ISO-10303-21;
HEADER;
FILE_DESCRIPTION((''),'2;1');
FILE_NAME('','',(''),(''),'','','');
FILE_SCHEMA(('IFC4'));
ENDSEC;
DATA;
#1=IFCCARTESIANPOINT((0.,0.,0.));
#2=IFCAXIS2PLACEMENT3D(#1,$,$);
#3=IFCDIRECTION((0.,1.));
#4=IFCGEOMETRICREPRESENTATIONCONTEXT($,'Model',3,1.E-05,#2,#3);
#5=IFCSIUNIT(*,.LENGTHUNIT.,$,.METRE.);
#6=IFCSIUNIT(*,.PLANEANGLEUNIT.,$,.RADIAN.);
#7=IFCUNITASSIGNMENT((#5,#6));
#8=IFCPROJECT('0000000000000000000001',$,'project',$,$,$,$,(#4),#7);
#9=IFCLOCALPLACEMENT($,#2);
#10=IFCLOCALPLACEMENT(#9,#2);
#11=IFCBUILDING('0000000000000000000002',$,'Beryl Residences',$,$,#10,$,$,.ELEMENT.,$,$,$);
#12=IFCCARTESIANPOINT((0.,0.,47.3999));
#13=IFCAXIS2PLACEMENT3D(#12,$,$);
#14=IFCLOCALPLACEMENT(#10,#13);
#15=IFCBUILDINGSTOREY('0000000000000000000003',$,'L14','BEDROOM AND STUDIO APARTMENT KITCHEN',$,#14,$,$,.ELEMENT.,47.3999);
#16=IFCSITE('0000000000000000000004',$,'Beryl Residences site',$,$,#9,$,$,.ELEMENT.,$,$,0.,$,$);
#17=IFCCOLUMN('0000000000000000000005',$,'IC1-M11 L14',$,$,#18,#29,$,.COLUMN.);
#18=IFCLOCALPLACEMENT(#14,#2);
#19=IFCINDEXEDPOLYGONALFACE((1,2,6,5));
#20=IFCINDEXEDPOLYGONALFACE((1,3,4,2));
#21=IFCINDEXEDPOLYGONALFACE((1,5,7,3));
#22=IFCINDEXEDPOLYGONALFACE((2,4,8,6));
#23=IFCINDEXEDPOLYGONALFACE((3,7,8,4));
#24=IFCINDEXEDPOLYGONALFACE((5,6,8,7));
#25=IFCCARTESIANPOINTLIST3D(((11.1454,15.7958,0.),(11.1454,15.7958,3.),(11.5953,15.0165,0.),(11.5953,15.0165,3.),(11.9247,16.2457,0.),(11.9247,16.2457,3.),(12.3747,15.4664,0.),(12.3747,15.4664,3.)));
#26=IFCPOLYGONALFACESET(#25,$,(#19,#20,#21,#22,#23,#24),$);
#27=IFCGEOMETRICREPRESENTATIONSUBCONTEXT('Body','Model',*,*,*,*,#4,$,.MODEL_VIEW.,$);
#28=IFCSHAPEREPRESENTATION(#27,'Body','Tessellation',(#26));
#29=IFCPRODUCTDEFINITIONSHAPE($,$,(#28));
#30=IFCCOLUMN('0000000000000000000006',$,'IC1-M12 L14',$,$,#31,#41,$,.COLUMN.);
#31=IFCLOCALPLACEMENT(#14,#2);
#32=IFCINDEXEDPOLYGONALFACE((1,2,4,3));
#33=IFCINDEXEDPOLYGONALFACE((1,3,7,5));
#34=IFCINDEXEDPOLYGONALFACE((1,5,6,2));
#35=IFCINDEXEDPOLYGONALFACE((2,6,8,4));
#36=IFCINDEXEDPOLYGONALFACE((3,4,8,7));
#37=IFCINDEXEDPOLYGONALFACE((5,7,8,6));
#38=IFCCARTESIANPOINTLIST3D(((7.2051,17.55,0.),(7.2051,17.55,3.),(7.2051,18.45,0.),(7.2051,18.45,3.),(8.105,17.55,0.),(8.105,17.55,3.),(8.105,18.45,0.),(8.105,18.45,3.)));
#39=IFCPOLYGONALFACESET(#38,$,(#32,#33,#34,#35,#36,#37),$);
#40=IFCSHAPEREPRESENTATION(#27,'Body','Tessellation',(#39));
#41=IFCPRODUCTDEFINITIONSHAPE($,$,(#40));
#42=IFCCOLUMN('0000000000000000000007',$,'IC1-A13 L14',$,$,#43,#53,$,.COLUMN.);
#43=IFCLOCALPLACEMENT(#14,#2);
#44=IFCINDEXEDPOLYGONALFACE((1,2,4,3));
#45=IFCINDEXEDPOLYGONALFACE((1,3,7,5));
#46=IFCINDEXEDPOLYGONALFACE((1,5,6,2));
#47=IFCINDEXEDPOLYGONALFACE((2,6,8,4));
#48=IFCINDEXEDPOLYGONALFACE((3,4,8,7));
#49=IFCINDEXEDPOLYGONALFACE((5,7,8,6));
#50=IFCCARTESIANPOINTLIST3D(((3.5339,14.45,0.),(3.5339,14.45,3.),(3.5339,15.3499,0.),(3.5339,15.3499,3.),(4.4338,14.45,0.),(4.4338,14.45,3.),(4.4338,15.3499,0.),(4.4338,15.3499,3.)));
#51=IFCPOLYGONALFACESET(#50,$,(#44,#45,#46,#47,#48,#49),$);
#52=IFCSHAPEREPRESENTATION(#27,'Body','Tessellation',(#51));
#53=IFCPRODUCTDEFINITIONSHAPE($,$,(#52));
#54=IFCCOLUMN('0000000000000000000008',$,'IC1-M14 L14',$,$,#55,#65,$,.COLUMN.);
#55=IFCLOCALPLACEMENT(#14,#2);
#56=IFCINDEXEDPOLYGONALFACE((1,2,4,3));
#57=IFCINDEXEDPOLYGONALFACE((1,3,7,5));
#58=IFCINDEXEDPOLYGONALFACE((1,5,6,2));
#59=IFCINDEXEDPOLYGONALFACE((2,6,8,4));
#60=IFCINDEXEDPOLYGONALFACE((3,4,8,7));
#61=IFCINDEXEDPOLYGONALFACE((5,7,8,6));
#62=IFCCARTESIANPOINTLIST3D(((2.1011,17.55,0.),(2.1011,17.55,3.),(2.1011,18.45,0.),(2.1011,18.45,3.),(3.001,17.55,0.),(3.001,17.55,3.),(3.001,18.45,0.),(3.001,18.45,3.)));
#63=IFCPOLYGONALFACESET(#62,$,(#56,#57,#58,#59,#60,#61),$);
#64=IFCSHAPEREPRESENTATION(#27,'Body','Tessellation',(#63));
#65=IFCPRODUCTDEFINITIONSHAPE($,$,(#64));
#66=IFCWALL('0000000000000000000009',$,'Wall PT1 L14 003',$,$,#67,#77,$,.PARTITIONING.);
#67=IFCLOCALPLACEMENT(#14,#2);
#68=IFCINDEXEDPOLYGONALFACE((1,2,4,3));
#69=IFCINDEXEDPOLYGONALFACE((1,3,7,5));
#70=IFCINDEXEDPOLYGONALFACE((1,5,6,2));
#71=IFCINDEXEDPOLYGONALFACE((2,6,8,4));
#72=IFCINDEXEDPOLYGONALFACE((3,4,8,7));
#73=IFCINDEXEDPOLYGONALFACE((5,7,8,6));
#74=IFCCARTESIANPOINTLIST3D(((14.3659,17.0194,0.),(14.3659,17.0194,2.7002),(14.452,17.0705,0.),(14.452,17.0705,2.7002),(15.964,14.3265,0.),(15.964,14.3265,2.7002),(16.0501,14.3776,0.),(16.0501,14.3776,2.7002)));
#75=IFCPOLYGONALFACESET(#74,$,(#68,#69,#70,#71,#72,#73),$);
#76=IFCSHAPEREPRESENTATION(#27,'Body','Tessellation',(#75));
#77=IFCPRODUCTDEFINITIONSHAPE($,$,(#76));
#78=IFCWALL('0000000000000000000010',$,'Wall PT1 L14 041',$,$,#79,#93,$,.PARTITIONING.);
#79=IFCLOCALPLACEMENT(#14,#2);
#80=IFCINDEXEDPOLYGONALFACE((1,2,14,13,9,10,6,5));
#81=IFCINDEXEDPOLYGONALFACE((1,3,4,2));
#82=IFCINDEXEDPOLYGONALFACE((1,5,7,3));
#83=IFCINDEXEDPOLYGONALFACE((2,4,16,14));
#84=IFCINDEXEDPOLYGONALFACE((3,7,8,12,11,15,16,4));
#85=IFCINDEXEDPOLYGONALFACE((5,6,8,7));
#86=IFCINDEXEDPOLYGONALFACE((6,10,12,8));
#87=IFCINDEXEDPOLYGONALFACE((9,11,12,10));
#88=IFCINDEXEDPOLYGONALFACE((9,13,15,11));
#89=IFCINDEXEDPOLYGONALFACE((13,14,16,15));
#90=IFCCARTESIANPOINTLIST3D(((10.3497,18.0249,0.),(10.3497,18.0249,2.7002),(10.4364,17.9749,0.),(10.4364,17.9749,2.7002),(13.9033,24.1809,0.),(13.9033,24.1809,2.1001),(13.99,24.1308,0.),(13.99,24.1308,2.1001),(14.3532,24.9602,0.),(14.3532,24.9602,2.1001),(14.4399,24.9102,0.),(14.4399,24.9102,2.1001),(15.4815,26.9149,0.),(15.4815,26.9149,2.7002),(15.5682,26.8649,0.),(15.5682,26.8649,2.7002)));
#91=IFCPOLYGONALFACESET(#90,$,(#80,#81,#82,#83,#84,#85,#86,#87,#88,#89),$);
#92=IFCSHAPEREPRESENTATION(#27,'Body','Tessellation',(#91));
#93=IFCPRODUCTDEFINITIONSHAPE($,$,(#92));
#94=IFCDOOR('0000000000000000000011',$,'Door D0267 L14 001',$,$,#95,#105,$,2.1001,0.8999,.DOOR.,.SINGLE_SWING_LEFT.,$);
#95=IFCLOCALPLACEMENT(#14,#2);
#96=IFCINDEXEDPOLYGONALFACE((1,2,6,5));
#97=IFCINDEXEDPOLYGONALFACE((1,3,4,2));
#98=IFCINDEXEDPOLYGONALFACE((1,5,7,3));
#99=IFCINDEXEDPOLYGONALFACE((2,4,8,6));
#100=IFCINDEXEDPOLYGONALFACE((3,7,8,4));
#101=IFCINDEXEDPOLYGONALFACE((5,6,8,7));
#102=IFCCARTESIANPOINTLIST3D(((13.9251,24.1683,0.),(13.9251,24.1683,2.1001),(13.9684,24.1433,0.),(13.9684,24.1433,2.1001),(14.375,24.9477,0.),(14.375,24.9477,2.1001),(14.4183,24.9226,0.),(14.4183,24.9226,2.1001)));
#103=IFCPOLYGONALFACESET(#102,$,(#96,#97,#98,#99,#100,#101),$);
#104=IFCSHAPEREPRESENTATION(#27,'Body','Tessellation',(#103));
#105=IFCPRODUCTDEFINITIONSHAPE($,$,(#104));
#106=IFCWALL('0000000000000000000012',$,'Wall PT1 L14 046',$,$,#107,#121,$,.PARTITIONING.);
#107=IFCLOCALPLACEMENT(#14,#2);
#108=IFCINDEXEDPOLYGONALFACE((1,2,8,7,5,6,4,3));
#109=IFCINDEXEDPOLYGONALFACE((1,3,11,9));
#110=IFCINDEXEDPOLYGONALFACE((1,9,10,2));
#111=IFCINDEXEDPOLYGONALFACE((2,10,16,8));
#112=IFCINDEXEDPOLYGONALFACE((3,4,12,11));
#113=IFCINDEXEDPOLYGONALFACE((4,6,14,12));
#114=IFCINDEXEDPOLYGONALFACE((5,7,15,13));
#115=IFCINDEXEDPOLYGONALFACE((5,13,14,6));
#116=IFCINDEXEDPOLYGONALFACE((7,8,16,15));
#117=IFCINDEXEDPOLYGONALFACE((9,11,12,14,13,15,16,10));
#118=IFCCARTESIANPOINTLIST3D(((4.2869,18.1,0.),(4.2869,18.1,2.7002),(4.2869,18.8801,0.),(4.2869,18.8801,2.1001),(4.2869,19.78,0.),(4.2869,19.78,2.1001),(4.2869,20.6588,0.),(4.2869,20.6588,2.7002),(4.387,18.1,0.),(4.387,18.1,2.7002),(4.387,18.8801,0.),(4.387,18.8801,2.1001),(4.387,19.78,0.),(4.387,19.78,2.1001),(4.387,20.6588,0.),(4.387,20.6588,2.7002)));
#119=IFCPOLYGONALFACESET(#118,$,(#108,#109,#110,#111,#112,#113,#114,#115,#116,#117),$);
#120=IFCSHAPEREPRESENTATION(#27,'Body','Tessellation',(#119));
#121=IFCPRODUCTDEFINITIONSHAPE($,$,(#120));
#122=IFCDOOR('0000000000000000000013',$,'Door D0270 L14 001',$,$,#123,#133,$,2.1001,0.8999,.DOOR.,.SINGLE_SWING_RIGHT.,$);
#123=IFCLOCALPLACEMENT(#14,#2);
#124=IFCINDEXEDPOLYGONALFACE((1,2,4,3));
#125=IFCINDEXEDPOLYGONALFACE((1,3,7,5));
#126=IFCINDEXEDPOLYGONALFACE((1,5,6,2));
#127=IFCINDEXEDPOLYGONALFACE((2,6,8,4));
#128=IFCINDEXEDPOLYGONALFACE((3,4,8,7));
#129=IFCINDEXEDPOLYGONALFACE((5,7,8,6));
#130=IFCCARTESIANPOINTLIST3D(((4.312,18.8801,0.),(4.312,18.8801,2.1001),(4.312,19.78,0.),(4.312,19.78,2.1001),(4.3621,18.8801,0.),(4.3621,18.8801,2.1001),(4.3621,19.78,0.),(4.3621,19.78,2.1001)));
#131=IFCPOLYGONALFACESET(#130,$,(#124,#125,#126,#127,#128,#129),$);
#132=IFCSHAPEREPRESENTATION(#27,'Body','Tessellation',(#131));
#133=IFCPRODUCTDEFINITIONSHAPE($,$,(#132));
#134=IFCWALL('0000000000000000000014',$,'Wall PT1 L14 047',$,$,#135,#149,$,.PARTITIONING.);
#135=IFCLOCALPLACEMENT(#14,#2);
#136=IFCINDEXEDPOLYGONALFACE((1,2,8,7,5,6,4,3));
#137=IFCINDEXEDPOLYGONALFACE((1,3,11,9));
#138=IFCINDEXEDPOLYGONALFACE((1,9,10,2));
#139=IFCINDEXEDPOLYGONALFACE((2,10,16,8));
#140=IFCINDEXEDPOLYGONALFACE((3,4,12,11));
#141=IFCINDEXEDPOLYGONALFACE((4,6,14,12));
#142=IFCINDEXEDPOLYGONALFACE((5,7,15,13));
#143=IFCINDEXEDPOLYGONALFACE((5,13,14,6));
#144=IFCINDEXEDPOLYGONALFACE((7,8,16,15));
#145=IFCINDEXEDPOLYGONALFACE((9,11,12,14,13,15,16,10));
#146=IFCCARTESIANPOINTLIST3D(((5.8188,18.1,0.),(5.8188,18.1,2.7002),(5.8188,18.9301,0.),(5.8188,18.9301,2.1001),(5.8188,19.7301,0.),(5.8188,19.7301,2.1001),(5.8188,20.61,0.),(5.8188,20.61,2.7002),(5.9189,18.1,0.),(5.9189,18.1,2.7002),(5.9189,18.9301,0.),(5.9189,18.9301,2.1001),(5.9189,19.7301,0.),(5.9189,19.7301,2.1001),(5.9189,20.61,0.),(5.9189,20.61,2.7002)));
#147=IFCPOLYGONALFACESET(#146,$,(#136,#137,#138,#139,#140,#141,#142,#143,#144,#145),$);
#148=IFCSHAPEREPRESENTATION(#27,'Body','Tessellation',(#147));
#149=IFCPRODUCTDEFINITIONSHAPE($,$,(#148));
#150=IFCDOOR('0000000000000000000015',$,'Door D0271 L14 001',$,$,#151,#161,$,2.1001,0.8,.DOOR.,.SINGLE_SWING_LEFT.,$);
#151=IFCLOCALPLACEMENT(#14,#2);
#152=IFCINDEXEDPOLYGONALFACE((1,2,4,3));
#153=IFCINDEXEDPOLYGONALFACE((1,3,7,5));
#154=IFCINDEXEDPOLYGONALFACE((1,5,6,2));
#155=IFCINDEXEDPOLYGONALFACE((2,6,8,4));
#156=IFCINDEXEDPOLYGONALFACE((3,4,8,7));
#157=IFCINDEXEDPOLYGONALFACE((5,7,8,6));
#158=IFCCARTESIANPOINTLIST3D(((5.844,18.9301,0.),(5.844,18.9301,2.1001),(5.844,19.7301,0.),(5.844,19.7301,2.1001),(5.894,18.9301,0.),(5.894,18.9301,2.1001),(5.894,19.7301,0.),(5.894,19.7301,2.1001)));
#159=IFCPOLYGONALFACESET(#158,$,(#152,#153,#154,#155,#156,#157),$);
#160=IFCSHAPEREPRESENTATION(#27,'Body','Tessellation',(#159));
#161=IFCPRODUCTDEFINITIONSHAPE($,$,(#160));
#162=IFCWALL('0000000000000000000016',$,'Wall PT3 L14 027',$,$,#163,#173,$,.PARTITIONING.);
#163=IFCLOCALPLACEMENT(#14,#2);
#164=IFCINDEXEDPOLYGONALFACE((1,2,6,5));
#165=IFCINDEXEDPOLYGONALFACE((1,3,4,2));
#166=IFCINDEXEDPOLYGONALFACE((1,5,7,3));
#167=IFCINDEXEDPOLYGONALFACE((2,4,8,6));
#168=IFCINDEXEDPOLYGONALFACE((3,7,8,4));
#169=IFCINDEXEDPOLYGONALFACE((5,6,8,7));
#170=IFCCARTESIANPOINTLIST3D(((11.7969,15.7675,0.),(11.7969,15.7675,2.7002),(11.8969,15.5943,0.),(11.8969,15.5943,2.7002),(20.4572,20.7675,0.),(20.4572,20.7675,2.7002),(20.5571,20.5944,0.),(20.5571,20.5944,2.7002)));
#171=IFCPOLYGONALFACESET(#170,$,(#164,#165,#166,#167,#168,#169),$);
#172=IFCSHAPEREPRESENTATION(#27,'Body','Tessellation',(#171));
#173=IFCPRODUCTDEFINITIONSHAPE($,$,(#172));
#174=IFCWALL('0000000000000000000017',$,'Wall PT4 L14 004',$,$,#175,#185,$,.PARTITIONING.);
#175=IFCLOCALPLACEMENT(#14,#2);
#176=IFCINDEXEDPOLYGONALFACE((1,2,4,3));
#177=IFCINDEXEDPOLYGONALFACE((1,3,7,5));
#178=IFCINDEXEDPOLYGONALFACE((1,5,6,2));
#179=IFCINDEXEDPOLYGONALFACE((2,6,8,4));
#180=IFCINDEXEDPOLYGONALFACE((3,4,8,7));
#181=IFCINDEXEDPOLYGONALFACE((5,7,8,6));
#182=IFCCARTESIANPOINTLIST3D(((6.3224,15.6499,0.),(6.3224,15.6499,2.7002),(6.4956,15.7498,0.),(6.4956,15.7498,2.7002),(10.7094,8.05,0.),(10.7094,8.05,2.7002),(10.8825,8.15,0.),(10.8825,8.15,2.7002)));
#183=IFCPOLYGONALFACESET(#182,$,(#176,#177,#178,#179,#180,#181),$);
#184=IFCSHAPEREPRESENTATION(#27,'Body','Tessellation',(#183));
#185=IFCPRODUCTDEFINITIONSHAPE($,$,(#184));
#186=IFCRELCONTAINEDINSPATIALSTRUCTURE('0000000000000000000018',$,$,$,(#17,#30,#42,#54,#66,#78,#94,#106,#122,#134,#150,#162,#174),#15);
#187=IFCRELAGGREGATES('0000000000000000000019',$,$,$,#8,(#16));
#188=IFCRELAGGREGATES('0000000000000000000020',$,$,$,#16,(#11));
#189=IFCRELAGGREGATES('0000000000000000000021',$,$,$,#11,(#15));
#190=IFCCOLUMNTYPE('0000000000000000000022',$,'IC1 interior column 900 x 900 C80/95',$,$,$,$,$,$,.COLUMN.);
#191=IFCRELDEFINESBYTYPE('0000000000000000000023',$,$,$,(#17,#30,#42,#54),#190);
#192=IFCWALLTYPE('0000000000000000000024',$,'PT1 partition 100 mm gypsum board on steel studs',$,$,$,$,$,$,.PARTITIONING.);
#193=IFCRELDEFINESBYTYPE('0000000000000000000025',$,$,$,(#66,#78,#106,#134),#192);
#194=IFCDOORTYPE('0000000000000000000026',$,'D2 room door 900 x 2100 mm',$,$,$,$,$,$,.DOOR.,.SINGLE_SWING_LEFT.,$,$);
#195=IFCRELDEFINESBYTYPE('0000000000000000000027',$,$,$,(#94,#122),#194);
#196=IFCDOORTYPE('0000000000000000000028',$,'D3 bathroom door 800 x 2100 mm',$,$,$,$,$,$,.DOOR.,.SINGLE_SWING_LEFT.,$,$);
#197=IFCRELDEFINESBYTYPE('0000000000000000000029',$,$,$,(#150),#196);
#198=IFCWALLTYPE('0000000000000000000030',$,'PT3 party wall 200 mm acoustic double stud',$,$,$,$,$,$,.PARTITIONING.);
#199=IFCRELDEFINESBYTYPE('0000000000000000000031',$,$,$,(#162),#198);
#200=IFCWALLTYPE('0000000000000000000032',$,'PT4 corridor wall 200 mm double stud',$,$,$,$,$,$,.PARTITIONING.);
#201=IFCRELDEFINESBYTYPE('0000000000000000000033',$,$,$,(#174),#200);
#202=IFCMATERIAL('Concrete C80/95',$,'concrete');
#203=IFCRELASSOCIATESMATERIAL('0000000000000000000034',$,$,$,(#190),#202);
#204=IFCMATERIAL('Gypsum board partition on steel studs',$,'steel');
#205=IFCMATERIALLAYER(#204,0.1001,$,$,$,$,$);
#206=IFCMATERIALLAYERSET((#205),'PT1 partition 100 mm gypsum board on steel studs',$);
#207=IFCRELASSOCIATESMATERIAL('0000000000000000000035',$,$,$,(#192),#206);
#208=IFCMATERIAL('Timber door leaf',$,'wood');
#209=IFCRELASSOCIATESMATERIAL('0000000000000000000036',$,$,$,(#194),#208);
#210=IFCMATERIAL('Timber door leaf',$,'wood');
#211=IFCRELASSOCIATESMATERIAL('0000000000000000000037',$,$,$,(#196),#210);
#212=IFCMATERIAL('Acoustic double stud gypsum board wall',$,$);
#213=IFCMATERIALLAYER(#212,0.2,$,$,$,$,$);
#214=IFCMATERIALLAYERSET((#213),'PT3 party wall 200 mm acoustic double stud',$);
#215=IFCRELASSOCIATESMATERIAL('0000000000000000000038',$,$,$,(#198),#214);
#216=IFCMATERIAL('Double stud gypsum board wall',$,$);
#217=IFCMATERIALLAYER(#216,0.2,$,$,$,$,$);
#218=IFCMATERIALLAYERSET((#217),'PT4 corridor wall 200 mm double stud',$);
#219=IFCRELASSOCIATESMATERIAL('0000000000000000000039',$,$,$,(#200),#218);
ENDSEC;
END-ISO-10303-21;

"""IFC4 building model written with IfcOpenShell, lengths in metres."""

from ifc_helpers import new_model, si_unit, direction, frame, frame_2d, origin, origin_2d, place, context, subcontext, project, spatial, rectangle, extrude, material, layer, layer_set, material_profile, profile_set, type_object, element, fill, save


model = new_model("IFC4")

# Units and contexts
model_context = context("Model", 3, precision=1e-05, world=origin(), true_north=direction((0.0, 1.0)))
body_context = subcontext(model_context, "Body", "Model", "MODEL_VIEW")
ifc_project = project(units=[si_unit("LENGTHUNIT", "METRE"), si_unit("PLANEANGLEUNIT", "RADIAN")], contexts=[model_context])

# Site, building, storey
site_placement = place(None, origin())
site = spatial("IfcSite", under=ifc_project, at=site_placement, Name="Beryl Residences site", CompositionType="ELEMENT", RefElevation=0.0)
building_placement = place(site_placement, origin())
building = spatial("IfcBuilding", under=site, at=building_placement, Name="Beryl Residences", CompositionType="ELEMENT")
storey_placement = place(building_placement, frame((0.0, 0.0, 47.3999)))
storey = spatial("IfcBuildingStorey", under=building, at=storey_placement, Name="L14", Description="BEDROOM AND STUDIO APARTMENT KITCHEN", CompositionType="ELEMENT", Elevation=47.3999)

# Columns
ifc_material_1 = material(Name="Concrete C80/95", Category="concrete")
ifc_material_profile = material_profile(ifc_material_1, rectangle(XDim=0.8999, YDim=0.8999, at=origin_2d()))
ifc_profile_set = profile_set([ifc_material_profile], Name="Concrete C80/95")
column_type = type_object("IfcColumnType", Name="IC1 interior column 900 x 900 C80/95", PredefinedType="COLUMN", material=ifc_profile_set)
for number, where, z_axis, x_axis, name in (
    (1, (11.76, 15.6311, 0.0), (0.0, 0.0, 1.0), (-0.499985, 0.866034, 0.0), "IC1-M11 L14"),
    (2, (7.655, 18.0, 0.0), (0.0, 0.0, 1.0), (-1.0, 0.0, 0.0), "IC1-M12 L14"),
    (3, (3.9839, 14.8999, 0.0), (0.0, 0.0, 1.0), (1.0, 0.0, 0.0), "IC1-A13 L14"),
    (4, (2.551, 18.0, 0.0), (0.0, 0.0, 1.0), (-1.0, 0.0, 0.0), "IC1-M14 L14"),
):
    element("IfcColumn", number, at=place(storey_placement, frame(where, z_axis=z_axis, x_axis=x_axis)), inside=storey, type_object=column_type, Name=name, PredefinedType="COLUMN", context=body_context, shape_type="SweptSolid", body=[
        extrude(rectangle(XDim=0.8999, YDim=0.8999, at=origin_2d()), origin(), (0.0, 0.0, 1.0), 3.0),
    ])

# Wall
ifc_material_2 = material(Name="Gypsum board partition on steel studs", Category="steel")
ifc_layer_1 = layer(ifc_material_2, 0.1001)
ifc_layer_set_1 = layer_set([ifc_layer_1], Name="PT1 partition 100 mm gypsum board on steel studs")
wall_type_1 = type_object("IfcWallType", Name="PT1 partition 100 mm gypsum board on steel studs", PredefinedType="PARTITIONING", material=ifc_layer_set_1)
wall_1_placement = place(storey_placement, frame((14.4089, 17.0449, 0.0), z_axis=(0.0, 0.0, 1.0), x_axis=(0.510362, -0.85996, 0.0)))
element("IfcWall", 5, at=wall_1_placement, inside=storey, type_object=wall_type_1, Name="Wall PT1 L14 003", PredefinedType="PARTITIONING", context=body_context, shape_type="SweptSolid", body=[
    extrude(rectangle(XDim=3.1313, YDim=0.1001, at=frame_2d((1.5657, 0.0))), origin(), (0.0, 0.0, 1.0), 2.7002),
])

# Walls, openings, doors
wall_2_placement = place(storey_placement, frame((10.3931, 18.0, 0.0), z_axis=(0.0, 0.0, 1.0), x_axis=(0.499945, 0.866057, 0.0)))
wall_2 = element("IfcWall", 6, at=wall_2_placement, inside=storey, type_object=wall_type_1, Name="Wall PT1 L14 041", PredefinedType="PARTITIONING", context=body_context, shape_type="SweptSolid", body=[
    extrude(rectangle(XDim=10.2649, YDim=0.1001, at=frame_2d((5.1323, 0.0))), origin(), (0.0, 0.0, 1.0), 2.7002),
])
opening_1_placement = place(wall_2_placement, frame((7.1079, 0.0, 0.0)))
opening_1 = element("IfcOpeningElement", 7, at=opening_1_placement, cuts=wall_2, PredefinedType="OPENING", context=body_context, shape_type="SweptSolid", body=[
    extrude(rectangle(XDim=0.8999, YDim=2.1001, at=frame_2d((0.45, 1.05))), frame((0.0, 0.0601, 0.0), z_axis=(0.0, -1.0, 0.0), x_axis=(1.0, 0.0, 0.0)), (0.0, 0.0, 1.0), 0.1201),
])
ifc_material_3 = material(Name="Timber door leaf", Category="wood")
door_type_1 = type_object("IfcDoorType", Name="D2 room door 900 x 2100 mm", OperationType="SINGLE_SWING_LEFT", PredefinedType="DOOR", material=ifc_material_3)
door_1_placement = place(opening_1_placement, origin())
door_1 = element("IfcDoor", 8, at=door_1_placement, inside=storey, type_object=door_type_1, Name="Door D0267 L14 001", OperationType="SINGLE_SWING_LEFT", OverallHeight=2.1001, OverallWidth=0.8999, PredefinedType="DOOR", context=body_context, shape_type="SweptSolid", body=[
    extrude(rectangle(XDim=0.8999, YDim=2.1001, at=frame_2d((0.45, 1.05))), frame((0.0, 0.0249, 0.0), z_axis=(0.0, -1.0, 0.0), x_axis=(1.0, 0.0, 0.0)), (0.0, 0.0, 1.0), 0.05),
])
fill(opening_1, door_1)
wall_3_placement = place(storey_placement, frame((4.3369, 18.1001, 0.0), z_axis=(0.0, 0.0, 1.0), x_axis=(0.0, 1.0, 0.0)))
wall_3 = element("IfcWall", 9, at=wall_3_placement, inside=storey, type_object=wall_type_1, Name="Wall PT1 L14 046", PredefinedType="PARTITIONING", context=body_context, shape_type="SweptSolid", body=[
    extrude(rectangle(XDim=2.5588, YDim=0.1001, at=frame_2d((1.2793, 0.0))), origin(), (0.0, 0.0, 1.0), 2.7002),
])
opening_2_placement = place(wall_3_placement, frame((0.78, 0.0, 0.0)))
opening_2 = element("IfcOpeningElement", 10, at=opening_2_placement, cuts=wall_3, PredefinedType="OPENING", context=body_context, shape_type="SweptSolid", body=[
    extrude(rectangle(XDim=0.8999, YDim=2.1001, at=frame_2d((0.45, 1.05))), frame((0.0, 0.0601, 0.0), z_axis=(0.0, -1.0, 0.0), x_axis=(1.0, 0.0, 0.0)), (0.0, 0.0, 1.0), 0.1201),
])
door_2_placement = place(opening_2_placement, origin())
door_2 = element("IfcDoor", 11, at=door_2_placement, inside=storey, type_object=door_type_1, Name="Door D0270 L14 001", OperationType="SINGLE_SWING_RIGHT", OverallHeight=2.1001, OverallWidth=0.8999, PredefinedType="DOOR", context=body_context, shape_type="SweptSolid", body=[
    extrude(rectangle(XDim=0.8999, YDim=2.1001, at=frame_2d((0.45, 1.05))), frame((0.0, 0.0249, 0.0), z_axis=(0.0, -1.0, 0.0), x_axis=(1.0, 0.0, 0.0)), (0.0, 0.0, 1.0), 0.05),
])
fill(opening_2, door_2)
wall_4_placement = place(storey_placement, frame((5.8689, 18.1001, 0.0), z_axis=(0.0, 0.0, 1.0), x_axis=(0.0, 1.0, 0.0)))
wall_4 = element("IfcWall", 12, at=wall_4_placement, inside=storey, type_object=wall_type_1, Name="Wall PT1 L14 047", PredefinedType="PARTITIONING", context=body_context, shape_type="SweptSolid", body=[
    extrude(rectangle(XDim=2.51, YDim=0.1001, at=frame_2d((1.2549, 0.0))), origin(), (0.0, 0.0, 1.0), 2.7002),
])
opening_3_placement = place(wall_4_placement, frame((0.8301, 0.0, 0.0)))
opening_3 = element("IfcOpeningElement", 13, at=opening_3_placement, cuts=wall_4, PredefinedType="OPENING", context=body_context, shape_type="SweptSolid", body=[
    extrude(rectangle(XDim=0.8, YDim=2.1001, at=frame_2d((0.3999, 1.05))), frame((0.0, 0.0601, 0.0), z_axis=(0.0, -1.0, 0.0), x_axis=(1.0, 0.0, 0.0)), (0.0, 0.0, 1.0), 0.1201),
])
ifc_material_4 = material(Name="Timber door leaf", Category="wood")
door_type_2 = type_object("IfcDoorType", Name="D3 bathroom door 800 x 2100 mm", OperationType="SINGLE_SWING_LEFT", PredefinedType="DOOR", material=ifc_material_4)
door_3_placement = place(opening_3_placement, origin())
door_3 = element("IfcDoor", 14, at=door_3_placement, inside=storey, type_object=door_type_2, Name="Door D0271 L14 001", OperationType="SINGLE_SWING_LEFT", OverallHeight=2.1001, OverallWidth=0.8, PredefinedType="DOOR", context=body_context, shape_type="SweptSolid", body=[
    extrude(rectangle(XDim=0.8, YDim=2.1001, at=frame_2d((0.3999, 1.05))), frame((0.0, 0.0249, 0.0), z_axis=(0.0, -1.0, 0.0), x_axis=(1.0, 0.0, 0.0)), (0.0, 0.0, 1.0), 0.05),
])
fill(opening_3, door_3)

# Walls
ifc_material_5 = material(Name="Acoustic double stud gypsum board wall")
ifc_layer_2 = layer(ifc_material_5, 0.2)
ifc_layer_set_2 = layer_set([ifc_layer_2], Name="PT3 party wall 200 mm acoustic double stud")
wall_type_2 = type_object("IfcWallType", Name="PT3 party wall 200 mm acoustic double stud", PredefinedType="PARTITIONING", material=ifc_layer_set_2)
wall_5_placement = place(storey_placement, frame((11.8469, 15.6809, 0.0), z_axis=(0.0, 0.0, 1.0), x_axis=(0.866023, 0.500004, 0.0)))
element("IfcWall", 15, at=wall_5_placement, inside=storey, type_object=wall_type_2, Name="Wall PT3 L14 027", PredefinedType="PARTITIONING", context=body_context, shape_type="SweptSolid", body=[
    extrude(rectangle(XDim=10.0, YDim=0.2, at=frame_2d((5.0, 0.0))), origin(), (0.0, 0.0, 1.0), 2.7002),
])
ifc_material_6 = material(Name="Double stud gypsum board wall")
ifc_layer_3 = layer(ifc_material_6, 0.2)
ifc_layer_set_3 = layer_set([ifc_layer_3], Name="PT4 corridor wall 200 mm double stud")
wall_type_3 = type_object("IfcWallType", Name="PT4 corridor wall 200 mm double stud", PredefinedType="PARTITIONING", material=ifc_layer_set_3)
wall_6_placement = place(storey_placement, frame((6.4089, 15.7, 0.0), z_axis=(0.0, 0.0, 1.0), x_axis=(0.49993, -0.866066, 0.0)))
element("IfcWall", 16, at=wall_6_placement, inside=storey, type_object=wall_type_3, Name="Wall PT4 L14 004", PredefinedType="PARTITIONING", context=body_context, shape_type="SweptSolid", body=[
    extrude(rectangle(XDim=8.7751, YDim=0.2, at=frame_2d((4.3877, 0.0))), origin(), (0.0, 0.0, 1.0), 2.7002),
])

save(model, "model.ifc")
